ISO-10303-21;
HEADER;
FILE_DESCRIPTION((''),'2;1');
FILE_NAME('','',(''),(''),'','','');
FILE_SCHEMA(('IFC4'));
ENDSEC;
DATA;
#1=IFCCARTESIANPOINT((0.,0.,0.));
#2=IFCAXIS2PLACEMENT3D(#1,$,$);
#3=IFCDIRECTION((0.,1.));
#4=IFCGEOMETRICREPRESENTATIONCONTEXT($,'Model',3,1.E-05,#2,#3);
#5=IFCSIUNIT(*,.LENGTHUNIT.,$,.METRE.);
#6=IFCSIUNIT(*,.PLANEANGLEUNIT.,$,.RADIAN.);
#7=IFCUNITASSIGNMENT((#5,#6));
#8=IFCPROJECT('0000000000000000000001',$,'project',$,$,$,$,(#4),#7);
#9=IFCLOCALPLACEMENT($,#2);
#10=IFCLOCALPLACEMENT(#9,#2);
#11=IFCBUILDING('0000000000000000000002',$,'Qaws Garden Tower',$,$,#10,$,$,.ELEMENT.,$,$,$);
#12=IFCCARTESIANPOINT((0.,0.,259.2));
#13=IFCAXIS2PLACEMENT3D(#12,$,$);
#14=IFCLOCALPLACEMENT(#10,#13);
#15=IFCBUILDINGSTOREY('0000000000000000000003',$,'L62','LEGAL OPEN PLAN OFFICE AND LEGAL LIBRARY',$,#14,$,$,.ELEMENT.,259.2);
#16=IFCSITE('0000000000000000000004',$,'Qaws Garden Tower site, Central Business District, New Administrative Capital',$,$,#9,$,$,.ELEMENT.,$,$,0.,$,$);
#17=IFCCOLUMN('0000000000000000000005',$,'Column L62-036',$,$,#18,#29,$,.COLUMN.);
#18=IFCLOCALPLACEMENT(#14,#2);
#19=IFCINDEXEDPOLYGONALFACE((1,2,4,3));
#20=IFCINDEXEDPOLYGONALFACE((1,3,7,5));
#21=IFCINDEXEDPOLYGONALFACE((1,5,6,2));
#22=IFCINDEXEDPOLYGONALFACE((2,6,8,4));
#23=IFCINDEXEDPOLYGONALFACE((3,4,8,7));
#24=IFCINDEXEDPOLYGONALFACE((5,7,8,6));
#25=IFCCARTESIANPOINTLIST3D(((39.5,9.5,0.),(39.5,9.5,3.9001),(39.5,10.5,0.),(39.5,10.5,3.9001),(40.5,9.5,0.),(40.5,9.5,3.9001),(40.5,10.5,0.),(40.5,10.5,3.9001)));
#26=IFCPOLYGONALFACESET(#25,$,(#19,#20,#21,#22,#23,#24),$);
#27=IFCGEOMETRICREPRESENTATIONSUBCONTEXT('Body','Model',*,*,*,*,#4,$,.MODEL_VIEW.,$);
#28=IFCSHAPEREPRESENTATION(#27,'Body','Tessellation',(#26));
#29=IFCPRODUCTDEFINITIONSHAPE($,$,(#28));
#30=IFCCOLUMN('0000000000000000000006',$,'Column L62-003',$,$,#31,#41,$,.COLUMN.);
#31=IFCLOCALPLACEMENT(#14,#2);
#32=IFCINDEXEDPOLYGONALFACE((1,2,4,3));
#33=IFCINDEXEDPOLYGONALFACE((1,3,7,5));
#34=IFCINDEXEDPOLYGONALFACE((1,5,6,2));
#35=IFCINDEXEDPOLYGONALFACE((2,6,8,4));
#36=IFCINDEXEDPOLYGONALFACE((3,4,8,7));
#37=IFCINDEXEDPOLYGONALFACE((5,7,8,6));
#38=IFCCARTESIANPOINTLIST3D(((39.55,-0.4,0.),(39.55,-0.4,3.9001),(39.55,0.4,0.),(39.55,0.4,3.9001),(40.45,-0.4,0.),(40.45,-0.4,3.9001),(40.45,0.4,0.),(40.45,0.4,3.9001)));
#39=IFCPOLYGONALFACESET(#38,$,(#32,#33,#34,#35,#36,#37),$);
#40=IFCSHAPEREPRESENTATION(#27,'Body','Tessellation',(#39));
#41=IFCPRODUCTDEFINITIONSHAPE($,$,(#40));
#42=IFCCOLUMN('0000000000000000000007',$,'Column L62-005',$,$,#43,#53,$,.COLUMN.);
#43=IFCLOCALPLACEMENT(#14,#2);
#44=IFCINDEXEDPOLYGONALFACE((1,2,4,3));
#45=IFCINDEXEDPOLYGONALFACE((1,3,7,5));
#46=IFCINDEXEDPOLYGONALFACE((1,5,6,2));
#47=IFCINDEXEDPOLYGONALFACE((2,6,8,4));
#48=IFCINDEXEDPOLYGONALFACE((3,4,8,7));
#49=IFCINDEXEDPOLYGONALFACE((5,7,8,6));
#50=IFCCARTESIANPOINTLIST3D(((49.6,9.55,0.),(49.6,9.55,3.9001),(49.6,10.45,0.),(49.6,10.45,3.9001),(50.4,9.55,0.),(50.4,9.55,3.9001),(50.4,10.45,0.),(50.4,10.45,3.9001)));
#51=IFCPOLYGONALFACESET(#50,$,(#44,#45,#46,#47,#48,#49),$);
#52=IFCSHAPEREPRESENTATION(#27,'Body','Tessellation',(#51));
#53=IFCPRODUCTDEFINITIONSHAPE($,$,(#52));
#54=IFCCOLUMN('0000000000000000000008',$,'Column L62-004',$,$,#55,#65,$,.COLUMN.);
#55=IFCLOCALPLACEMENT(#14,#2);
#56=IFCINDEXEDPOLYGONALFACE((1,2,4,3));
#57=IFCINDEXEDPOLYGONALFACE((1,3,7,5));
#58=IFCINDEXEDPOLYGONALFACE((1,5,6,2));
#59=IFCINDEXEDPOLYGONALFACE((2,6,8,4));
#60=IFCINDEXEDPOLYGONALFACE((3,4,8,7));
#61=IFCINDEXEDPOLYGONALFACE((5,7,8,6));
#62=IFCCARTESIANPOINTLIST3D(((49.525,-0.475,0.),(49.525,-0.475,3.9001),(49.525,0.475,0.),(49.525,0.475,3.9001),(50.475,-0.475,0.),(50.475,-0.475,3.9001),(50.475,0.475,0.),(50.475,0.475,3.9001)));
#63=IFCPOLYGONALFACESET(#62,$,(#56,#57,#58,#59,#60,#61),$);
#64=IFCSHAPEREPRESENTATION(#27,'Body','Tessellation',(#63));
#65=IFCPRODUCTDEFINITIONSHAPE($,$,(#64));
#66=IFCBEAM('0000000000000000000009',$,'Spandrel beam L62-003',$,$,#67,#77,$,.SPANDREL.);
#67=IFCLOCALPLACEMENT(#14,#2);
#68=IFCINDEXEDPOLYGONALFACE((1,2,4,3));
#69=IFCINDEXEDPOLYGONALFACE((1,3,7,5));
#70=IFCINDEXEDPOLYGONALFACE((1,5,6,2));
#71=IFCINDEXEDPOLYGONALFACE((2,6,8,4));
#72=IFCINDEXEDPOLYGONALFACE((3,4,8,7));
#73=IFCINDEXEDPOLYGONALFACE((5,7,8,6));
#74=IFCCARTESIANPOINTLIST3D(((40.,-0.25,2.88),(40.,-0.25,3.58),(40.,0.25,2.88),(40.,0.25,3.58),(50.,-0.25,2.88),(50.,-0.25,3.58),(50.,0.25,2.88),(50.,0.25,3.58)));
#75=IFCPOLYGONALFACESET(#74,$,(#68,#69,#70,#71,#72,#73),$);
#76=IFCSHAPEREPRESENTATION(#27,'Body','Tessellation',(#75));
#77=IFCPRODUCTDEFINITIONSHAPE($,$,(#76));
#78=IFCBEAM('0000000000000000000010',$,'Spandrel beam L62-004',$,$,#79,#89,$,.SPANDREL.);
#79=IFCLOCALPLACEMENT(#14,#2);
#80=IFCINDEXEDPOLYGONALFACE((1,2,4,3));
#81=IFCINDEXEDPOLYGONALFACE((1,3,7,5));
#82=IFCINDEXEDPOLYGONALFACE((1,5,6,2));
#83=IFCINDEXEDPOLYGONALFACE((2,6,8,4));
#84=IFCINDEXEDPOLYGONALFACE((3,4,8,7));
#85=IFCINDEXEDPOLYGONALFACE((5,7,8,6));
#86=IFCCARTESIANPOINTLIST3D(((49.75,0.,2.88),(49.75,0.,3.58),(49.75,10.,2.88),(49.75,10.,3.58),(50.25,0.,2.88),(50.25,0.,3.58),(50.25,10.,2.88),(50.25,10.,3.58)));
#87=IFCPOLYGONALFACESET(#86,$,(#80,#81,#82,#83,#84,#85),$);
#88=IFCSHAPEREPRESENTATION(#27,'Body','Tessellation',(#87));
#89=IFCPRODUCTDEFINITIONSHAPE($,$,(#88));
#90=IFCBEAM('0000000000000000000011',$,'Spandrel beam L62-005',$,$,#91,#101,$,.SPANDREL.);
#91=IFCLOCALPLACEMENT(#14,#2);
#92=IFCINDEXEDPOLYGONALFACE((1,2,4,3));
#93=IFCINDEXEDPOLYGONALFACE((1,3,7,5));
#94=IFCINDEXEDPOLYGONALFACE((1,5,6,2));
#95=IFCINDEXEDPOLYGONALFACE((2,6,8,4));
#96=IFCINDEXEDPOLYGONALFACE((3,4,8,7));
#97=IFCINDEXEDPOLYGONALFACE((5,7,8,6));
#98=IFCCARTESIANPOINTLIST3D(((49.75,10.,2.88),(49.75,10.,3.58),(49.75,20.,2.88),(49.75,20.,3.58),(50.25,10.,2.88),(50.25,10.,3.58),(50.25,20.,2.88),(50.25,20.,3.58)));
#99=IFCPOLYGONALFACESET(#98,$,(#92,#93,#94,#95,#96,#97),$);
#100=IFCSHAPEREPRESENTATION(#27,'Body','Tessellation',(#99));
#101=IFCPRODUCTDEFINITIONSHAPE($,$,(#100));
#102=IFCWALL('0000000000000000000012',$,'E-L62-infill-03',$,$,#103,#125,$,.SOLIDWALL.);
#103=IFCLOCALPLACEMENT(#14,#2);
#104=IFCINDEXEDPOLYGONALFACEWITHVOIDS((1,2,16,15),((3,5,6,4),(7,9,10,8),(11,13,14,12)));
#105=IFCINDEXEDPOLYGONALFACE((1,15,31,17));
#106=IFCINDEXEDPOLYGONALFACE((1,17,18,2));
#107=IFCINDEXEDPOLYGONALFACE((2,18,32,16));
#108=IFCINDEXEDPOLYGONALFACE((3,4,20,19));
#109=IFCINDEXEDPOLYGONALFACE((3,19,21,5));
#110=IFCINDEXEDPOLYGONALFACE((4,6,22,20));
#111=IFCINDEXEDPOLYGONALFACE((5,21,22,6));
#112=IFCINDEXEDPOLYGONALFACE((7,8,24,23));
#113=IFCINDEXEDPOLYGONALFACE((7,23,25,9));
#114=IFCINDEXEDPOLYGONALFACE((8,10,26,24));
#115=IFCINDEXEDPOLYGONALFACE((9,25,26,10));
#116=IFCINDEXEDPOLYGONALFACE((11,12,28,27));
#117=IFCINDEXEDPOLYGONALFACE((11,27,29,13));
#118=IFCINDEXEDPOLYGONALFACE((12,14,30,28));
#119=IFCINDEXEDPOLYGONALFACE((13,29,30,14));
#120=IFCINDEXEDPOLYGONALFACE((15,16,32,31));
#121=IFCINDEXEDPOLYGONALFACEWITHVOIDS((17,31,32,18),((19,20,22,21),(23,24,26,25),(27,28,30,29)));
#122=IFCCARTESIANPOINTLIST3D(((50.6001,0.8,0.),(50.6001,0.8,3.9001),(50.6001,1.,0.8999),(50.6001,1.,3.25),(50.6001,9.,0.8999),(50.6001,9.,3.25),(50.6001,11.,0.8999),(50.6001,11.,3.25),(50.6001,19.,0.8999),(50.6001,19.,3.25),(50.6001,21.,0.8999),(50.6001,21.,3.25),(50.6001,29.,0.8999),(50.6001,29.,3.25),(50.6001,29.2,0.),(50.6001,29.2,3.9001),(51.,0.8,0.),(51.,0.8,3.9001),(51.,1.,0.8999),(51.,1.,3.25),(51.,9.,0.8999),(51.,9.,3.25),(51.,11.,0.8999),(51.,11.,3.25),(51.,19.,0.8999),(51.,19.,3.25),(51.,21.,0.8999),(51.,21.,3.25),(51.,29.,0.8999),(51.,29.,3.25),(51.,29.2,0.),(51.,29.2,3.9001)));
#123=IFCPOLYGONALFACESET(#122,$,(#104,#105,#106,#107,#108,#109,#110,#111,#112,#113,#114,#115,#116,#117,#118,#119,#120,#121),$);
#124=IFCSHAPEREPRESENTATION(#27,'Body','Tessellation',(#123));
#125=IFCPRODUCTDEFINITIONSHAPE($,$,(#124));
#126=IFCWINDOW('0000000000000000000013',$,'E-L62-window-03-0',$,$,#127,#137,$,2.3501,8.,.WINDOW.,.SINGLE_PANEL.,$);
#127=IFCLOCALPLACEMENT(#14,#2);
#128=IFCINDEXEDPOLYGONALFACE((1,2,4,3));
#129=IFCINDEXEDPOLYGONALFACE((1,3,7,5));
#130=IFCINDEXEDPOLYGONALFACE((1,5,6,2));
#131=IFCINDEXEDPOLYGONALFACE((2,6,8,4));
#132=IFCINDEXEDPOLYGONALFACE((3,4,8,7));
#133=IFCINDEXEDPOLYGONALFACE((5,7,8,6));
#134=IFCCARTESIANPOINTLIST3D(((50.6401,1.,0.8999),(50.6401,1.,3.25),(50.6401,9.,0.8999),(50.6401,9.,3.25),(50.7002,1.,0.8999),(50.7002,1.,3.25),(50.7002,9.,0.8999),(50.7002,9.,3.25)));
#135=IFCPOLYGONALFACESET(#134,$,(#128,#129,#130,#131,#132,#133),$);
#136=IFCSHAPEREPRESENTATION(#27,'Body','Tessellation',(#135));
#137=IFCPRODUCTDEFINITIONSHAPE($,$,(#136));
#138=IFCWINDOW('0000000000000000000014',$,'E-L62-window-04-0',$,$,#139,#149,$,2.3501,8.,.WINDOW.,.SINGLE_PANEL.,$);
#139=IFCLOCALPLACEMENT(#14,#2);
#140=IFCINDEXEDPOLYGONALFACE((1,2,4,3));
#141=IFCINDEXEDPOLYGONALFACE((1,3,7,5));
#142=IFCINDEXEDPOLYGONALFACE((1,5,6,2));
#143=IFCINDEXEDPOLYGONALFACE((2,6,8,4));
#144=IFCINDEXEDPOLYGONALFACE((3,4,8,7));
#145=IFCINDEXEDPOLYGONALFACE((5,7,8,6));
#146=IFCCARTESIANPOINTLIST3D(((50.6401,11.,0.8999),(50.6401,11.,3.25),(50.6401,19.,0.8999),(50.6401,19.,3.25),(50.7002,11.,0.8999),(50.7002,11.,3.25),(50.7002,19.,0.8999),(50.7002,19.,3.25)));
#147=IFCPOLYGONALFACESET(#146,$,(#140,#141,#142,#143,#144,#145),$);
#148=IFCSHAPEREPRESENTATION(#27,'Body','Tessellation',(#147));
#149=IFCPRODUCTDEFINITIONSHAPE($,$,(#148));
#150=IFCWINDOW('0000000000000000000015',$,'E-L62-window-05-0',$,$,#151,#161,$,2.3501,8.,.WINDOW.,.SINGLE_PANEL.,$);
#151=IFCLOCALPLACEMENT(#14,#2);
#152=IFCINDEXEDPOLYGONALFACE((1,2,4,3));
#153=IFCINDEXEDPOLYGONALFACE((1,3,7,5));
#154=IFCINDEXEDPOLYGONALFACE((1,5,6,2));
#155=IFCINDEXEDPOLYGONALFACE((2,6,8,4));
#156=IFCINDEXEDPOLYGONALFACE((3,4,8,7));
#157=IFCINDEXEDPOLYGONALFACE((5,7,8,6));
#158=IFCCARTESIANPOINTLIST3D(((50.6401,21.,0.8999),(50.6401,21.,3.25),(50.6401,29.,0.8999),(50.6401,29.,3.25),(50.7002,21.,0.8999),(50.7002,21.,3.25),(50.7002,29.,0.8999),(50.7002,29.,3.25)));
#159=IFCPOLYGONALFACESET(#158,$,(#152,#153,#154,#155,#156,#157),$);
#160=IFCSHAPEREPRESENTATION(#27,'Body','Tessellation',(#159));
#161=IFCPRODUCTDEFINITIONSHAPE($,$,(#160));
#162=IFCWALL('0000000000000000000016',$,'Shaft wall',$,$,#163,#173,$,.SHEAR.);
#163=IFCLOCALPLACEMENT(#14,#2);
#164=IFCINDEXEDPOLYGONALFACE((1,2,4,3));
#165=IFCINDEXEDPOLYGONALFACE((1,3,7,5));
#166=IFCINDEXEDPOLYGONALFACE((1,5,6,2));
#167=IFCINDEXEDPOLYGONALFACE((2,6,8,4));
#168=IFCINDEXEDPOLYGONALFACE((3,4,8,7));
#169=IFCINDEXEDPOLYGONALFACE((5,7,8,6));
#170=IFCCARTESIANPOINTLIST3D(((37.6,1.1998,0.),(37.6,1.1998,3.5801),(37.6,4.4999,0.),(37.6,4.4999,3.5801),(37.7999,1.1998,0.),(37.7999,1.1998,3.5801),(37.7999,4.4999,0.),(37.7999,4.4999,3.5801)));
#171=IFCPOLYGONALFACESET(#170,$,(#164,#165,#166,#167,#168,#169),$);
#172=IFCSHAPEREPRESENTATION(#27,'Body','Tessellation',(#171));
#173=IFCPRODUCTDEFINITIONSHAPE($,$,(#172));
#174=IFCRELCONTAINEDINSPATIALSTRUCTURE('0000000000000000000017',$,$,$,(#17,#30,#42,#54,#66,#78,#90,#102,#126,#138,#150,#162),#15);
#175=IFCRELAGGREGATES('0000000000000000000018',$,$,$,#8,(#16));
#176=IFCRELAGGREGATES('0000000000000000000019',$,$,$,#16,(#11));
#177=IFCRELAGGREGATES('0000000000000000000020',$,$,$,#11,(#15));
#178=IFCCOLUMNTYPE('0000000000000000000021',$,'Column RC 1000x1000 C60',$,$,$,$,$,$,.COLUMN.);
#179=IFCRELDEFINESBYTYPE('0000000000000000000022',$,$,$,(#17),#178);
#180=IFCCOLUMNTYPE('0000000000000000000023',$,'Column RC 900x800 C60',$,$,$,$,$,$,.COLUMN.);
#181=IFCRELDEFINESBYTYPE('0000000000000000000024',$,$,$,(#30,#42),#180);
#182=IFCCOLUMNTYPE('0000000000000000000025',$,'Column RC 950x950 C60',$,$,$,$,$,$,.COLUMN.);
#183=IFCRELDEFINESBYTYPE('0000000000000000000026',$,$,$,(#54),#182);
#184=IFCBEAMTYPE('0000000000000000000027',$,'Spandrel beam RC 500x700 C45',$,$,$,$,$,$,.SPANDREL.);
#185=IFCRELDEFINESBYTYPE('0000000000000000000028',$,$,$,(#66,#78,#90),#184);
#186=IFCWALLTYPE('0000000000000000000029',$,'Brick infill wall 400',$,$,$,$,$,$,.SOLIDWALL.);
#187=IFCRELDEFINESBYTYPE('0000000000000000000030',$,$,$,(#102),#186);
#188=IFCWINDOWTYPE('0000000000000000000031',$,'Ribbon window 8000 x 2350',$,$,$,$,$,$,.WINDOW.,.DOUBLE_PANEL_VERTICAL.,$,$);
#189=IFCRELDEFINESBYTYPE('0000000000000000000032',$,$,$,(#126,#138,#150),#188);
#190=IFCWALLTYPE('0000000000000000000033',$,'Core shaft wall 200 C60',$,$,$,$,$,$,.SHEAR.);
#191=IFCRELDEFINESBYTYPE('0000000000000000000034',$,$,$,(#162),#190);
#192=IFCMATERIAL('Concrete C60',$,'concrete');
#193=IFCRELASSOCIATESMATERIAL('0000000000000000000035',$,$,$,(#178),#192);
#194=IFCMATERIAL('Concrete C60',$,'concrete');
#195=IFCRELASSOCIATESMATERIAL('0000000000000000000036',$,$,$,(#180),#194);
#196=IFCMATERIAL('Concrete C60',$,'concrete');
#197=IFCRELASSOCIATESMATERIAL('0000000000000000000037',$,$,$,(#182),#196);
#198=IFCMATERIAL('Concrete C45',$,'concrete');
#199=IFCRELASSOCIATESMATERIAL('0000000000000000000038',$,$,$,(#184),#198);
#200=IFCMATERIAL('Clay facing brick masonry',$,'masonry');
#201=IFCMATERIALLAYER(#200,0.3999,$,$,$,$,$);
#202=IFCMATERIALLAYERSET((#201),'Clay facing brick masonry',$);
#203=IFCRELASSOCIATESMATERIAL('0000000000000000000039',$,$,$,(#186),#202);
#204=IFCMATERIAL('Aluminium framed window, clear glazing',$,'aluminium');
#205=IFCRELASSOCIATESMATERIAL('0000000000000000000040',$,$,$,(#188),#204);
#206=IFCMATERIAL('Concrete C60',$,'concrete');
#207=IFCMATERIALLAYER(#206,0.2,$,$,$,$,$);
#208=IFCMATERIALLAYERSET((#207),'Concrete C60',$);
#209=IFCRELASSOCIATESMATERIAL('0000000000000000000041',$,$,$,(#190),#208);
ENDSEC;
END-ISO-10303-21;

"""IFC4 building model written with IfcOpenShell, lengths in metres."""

from ifc_helpers import new_model, si_unit, direction, frame, frame_2d, origin, origin_2d, place, context, subcontext, project, spatial, rectangle, extrude, material, layer, layer_set, material_profile, profile_set, type_object, element, fill, save


model = new_model("IFC4")

# Units and contexts
model_context = context("Model", 3, precision=1e-05, world=origin(), true_north=direction((0.0, 1.0)))
body_context = subcontext(model_context, "Body", "Model", "MODEL_VIEW")
ifc_project = project(units=[si_unit("LENGTHUNIT", "METRE"), si_unit("PLANEANGLEUNIT", "RADIAN")], contexts=[model_context])

# Site, building, storey
site_placement = place(None, origin())
site = spatial("IfcSite", under=ifc_project, at=site_placement, Name="Qaws Garden Tower site, Central Business District, New Administrative Capital", CompositionType="ELEMENT", RefElevation=0.0)
building_placement = place(site_placement, origin())
building = spatial("IfcBuilding", under=site, at=building_placement, Name="Qaws Garden Tower", CompositionType="ELEMENT")
storey_placement = place(building_placement, frame((0.0, 0.0, 259.2)))
storey = spatial("IfcBuildingStorey", under=building, at=storey_placement, Name="L62", Description="LEGAL OPEN PLAN OFFICE AND LEGAL LIBRARY", CompositionType="ELEMENT", Elevation=259.2)

# Columns
ifc_material_1 = material(Name="Concrete C60", Category="concrete")
ifc_material_profile_1 = material_profile(ifc_material_1, rectangle(XDim=1.0, YDim=1.0, at=origin_2d()), Name="RC 1000x1000")
ifc_profile_set_1 = profile_set([ifc_material_profile_1], Name="Concrete C60")
column_type_1 = type_object("IfcColumnType", Name="Column RC 1000x1000 C60", PredefinedType="COLUMN", material=ifc_profile_set_1)
column_1_placement = place(storey_placement, frame((40.0, 10.0, 0.0), z_axis=(0.0, 0.0, 1.0), x_axis=(1.0, 0.0, 0.0)))
element("IfcColumn", 1, at=column_1_placement, inside=storey, type_object=column_type_1, Name="Column L62-036", PredefinedType="COLUMN", context=body_context, shape_type="SweptSolid", body=[
    extrude(rectangle(XDim=1.0, YDim=1.0, at=origin_2d()), origin(), (0.0, 0.0, 1.0), 3.9001),
])
ifc_material_2 = material(Name="Concrete C60", Category="concrete")
ifc_material_profile_2 = material_profile(ifc_material_2, rectangle(XDim=0.8999, YDim=0.8, at=origin_2d()), Name="RC 900x800")
ifc_profile_set_2 = profile_set([ifc_material_profile_2], Name="Concrete C60")
column_type_2 = type_object("IfcColumnType", Name="Column RC 900x800 C60", PredefinedType="COLUMN", material=ifc_profile_set_2)
for number, where, z_axis, x_axis, name in (
    (2, (40.0, 0.0, 0.0), (0.0, 0.0, 1.0), (1.0, 0.0, 0.0), "Column L62-003"),
    (3, (50.0, 10.0, 0.0), (0.0, 0.0, 1.0), (0.0, 1.0, 0.0), "Column L62-005"),
):
    element("IfcColumn", number, at=place(storey_placement, frame(where, z_axis=z_axis, x_axis=x_axis)), inside=storey, type_object=column_type_2, Name=name, PredefinedType="COLUMN", context=body_context, shape_type="SweptSolid", body=[
        extrude(rectangle(XDim=0.8999, YDim=0.8, at=origin_2d()), origin(), (0.0, 0.0, 1.0), 3.9001),
    ])
ifc_material_3 = material(Name="Concrete C60", Category="concrete")
ifc_material_profile_3 = material_profile(ifc_material_3, rectangle(XDim=0.95, YDim=0.95, at=origin_2d()), Name="RC 950x950")
ifc_profile_set_3 = profile_set([ifc_material_profile_3], Name="Concrete C60")
column_type_3 = type_object("IfcColumnType", Name="Column RC 950x950 C60", PredefinedType="COLUMN", material=ifc_profile_set_3)
column_2_placement = place(storey_placement, frame((50.0, 0.0, 0.0), z_axis=(0.0, 0.0, 1.0), x_axis=(1.0, 0.0, 0.0)))
element("IfcColumn", 4, at=column_2_placement, inside=storey, type_object=column_type_3, Name="Column L62-004", PredefinedType="COLUMN", context=body_context, shape_type="SweptSolid", body=[
    extrude(rectangle(XDim=0.95, YDim=0.95, at=origin_2d()), origin(), (0.0, 0.0, 1.0), 3.9001),
])

# Beams
ifc_material_4 = material(Name="Concrete C45", Category="concrete")
ifc_material_profile_4 = material_profile(ifc_material_4, rectangle(XDim=0.5, YDim=0.7, at=origin_2d()), Name="RC 500x700")
ifc_profile_set_4 = profile_set([ifc_material_profile_4], Name="Concrete C45")
beam_type = type_object("IfcBeamType", Name="Spandrel beam RC 500x700 C45", PredefinedType="SPANDREL", material=ifc_profile_set_4)
for number, where, z_axis, x_axis, name in (
    (5, (40.0, 0.0, 3.23), (1.0, 0.0, 0.0), (0.0, 1.0, 0.0), "Spandrel beam L62-003"),
    (6, (50.0, 0.0, 3.23), (0.0, 1.0, 0.0), (-1.0, 0.0, 0.0), "Spandrel beam L62-004"),
    (7, (50.0, 10.0, 3.23), (0.0, 1.0, 0.0), (-1.0, 0.0, 0.0), "Spandrel beam L62-005"),
):
    element("IfcBeam", number, at=place(storey_placement, frame(where, z_axis=z_axis, x_axis=x_axis)), inside=storey, type_object=beam_type, Name=name, PredefinedType="SPANDREL", context=body_context, shape_type="SweptSolid", body=[
        extrude(rectangle(XDim=0.5, YDim=0.7, at=origin_2d()), origin(), (0.0, 0.0, 1.0), 10.0),
    ])

# Wall, openings, windows
ifc_material_5 = material(Name="Clay facing brick masonry", Category="masonry")
ifc_layer_1 = layer(ifc_material_5, 0.3999)
ifc_layer_set_1 = layer_set([ifc_layer_1], Name="Clay facing brick masonry")
wall_type_1 = type_object("IfcWallType", Name="Brick infill wall 400", PredefinedType="SOLIDWALL", material=ifc_layer_set_1)
wall_1_placement = place(storey_placement, frame((50.8, 0.8, 0.0), z_axis=(0.0, 0.0, 1.0), x_axis=(0.0, 1.0, 0.0)))
wall_1 = element("IfcWall", 8, at=wall_1_placement, inside=storey, type_object=wall_type_1, Name="E-L62-infill-03", PredefinedType="SOLIDWALL", context=body_context, shape_type="SweptSolid", body=[
    extrude(rectangle(XDim=28.3999, YDim=0.3999, at=frame_2d((14.2, 0.0))), origin(), (0.0, 0.0, 1.0), 3.9001),
])
opening_1_placement = place(wall_1_placement, frame((0.2, 0.0, 0.8999)))
opening_1 = element("IfcOpeningElement", 9, at=opening_1_placement, cuts=wall_1, PredefinedType="OPENING", context=body_context, shape_type="SweptSolid", body=[
    extrude(rectangle(XDim=8.0, YDim=2.3501, at=frame_2d((4.0, 1.175))), frame((0.0, 0.21, 0.0), z_axis=(0.0, -1.0, 0.0), x_axis=(1.0, 0.0, 0.0)), (0.0, 0.0, 1.0), 0.4199),
])
opening_2_placement = place(wall_1_placement, frame((10.2, 0.0, 0.8999)))
opening_2 = element("IfcOpeningElement", 10, at=opening_2_placement, cuts=wall_1, PredefinedType="OPENING", context=body_context, shape_type="SweptSolid", body=[
    extrude(rectangle(XDim=8.0, YDim=2.3501, at=frame_2d((4.0, 1.175))), frame((0.0, 0.21, 0.0), z_axis=(0.0, -1.0, 0.0), x_axis=(1.0, 0.0, 0.0)), (0.0, 0.0, 1.0), 0.4199),
])
opening_3_placement = place(wall_1_placement, frame((20.2, 0.0, 0.8999)))
opening_3 = element("IfcOpeningElement", 11, at=opening_3_placement, cuts=wall_1, PredefinedType="OPENING", context=body_context, shape_type="SweptSolid", body=[
    extrude(rectangle(XDim=8.0, YDim=2.3501, at=frame_2d((4.0, 1.175))), frame((0.0, 0.21, 0.0), z_axis=(0.0, -1.0, 0.0), x_axis=(1.0, 0.0, 0.0)), (0.0, 0.0, 1.0), 0.4199),
])
ifc_material_6 = material(Name="Aluminium framed window, clear glazing", Category="aluminium")
window_type = type_object("IfcWindowType", Name="Ribbon window 8000 x 2350", PartitioningType="DOUBLE_PANEL_VERTICAL", PredefinedType="WINDOW", material=ifc_material_6)
window_1_placement = place(opening_1_placement, origin())
window_1 = element("IfcWindow", 12, at=window_1_placement, inside=storey, type_object=window_type, Name="E-L62-window-03-0", OverallHeight=2.3501, OverallWidth=8.0, PartitioningType="SINGLE_PANEL", PredefinedType="WINDOW", context=body_context, shape_type="SweptSolid", body=[
    extrude(rectangle(XDim=8.0, YDim=2.3501, at=frame_2d((4.0, 1.175))), frame((0.0, 0.1599, 0.0), z_axis=(0.0, -1.0, 0.0), x_axis=(1.0, 0.0, 0.0)), (0.0, 0.0, 1.0), 0.0601),
])
fill(opening_1, window_1)
window_2_placement = place(opening_2_placement, origin())
window_2 = element("IfcWindow", 13, at=window_2_placement, inside=storey, type_object=window_type, Name="E-L62-window-04-0", OverallHeight=2.3501, OverallWidth=8.0, PartitioningType="SINGLE_PANEL", PredefinedType="WINDOW", context=body_context, shape_type="SweptSolid", body=[
    extrude(rectangle(XDim=8.0, YDim=2.3501, at=frame_2d((4.0, 1.175))), frame((0.0, 0.1599, 0.0), z_axis=(0.0, -1.0, 0.0), x_axis=(1.0, 0.0, 0.0)), (0.0, 0.0, 1.0), 0.0601),
])
fill(opening_2, window_2)
window_3_placement = place(opening_3_placement, origin())
window_3 = element("IfcWindow", 14, at=window_3_placement, inside=storey, type_object=window_type, Name="E-L62-window-05-0", OverallHeight=2.3501, OverallWidth=8.0, PartitioningType="SINGLE_PANEL", PredefinedType="WINDOW", context=body_context, shape_type="SweptSolid", body=[
    extrude(rectangle(XDim=8.0, YDim=2.3501, at=frame_2d((4.0, 1.175))), frame((0.0, 0.1599, 0.0), z_axis=(0.0, -1.0, 0.0), x_axis=(1.0, 0.0, 0.0)), (0.0, 0.0, 1.0), 0.0601),
])
fill(opening_3, window_3)

# Wall
ifc_material_7 = material(Name="Concrete C60", Category="concrete")
ifc_layer_2 = layer(ifc_material_7, 0.2)
ifc_layer_set_2 = layer_set([ifc_layer_2], Name="Concrete C60")
wall_type_2 = type_object("IfcWallType", Name="Core shaft wall 200 C60", PredefinedType="SHEAR", material=ifc_layer_set_2)
wall_2_placement = place(storey_placement, frame((37.7, 1.2, 0.0), z_axis=(0.0, 0.0, 1.0), x_axis=(0.0, 1.0, 0.0)))
element("IfcWall", 15, at=wall_2_placement, inside=storey, type_object=wall_type_2, Name="Shaft wall", PredefinedType="SHEAR", context=body_context, shape_type="SweptSolid", body=[
    extrude(rectangle(XDim=3.3, YDim=0.2, at=frame_2d((1.6499, 0.0))), origin(), (0.0, 0.0, 1.0), 3.5801),
])

save(model, "model.ifc")
